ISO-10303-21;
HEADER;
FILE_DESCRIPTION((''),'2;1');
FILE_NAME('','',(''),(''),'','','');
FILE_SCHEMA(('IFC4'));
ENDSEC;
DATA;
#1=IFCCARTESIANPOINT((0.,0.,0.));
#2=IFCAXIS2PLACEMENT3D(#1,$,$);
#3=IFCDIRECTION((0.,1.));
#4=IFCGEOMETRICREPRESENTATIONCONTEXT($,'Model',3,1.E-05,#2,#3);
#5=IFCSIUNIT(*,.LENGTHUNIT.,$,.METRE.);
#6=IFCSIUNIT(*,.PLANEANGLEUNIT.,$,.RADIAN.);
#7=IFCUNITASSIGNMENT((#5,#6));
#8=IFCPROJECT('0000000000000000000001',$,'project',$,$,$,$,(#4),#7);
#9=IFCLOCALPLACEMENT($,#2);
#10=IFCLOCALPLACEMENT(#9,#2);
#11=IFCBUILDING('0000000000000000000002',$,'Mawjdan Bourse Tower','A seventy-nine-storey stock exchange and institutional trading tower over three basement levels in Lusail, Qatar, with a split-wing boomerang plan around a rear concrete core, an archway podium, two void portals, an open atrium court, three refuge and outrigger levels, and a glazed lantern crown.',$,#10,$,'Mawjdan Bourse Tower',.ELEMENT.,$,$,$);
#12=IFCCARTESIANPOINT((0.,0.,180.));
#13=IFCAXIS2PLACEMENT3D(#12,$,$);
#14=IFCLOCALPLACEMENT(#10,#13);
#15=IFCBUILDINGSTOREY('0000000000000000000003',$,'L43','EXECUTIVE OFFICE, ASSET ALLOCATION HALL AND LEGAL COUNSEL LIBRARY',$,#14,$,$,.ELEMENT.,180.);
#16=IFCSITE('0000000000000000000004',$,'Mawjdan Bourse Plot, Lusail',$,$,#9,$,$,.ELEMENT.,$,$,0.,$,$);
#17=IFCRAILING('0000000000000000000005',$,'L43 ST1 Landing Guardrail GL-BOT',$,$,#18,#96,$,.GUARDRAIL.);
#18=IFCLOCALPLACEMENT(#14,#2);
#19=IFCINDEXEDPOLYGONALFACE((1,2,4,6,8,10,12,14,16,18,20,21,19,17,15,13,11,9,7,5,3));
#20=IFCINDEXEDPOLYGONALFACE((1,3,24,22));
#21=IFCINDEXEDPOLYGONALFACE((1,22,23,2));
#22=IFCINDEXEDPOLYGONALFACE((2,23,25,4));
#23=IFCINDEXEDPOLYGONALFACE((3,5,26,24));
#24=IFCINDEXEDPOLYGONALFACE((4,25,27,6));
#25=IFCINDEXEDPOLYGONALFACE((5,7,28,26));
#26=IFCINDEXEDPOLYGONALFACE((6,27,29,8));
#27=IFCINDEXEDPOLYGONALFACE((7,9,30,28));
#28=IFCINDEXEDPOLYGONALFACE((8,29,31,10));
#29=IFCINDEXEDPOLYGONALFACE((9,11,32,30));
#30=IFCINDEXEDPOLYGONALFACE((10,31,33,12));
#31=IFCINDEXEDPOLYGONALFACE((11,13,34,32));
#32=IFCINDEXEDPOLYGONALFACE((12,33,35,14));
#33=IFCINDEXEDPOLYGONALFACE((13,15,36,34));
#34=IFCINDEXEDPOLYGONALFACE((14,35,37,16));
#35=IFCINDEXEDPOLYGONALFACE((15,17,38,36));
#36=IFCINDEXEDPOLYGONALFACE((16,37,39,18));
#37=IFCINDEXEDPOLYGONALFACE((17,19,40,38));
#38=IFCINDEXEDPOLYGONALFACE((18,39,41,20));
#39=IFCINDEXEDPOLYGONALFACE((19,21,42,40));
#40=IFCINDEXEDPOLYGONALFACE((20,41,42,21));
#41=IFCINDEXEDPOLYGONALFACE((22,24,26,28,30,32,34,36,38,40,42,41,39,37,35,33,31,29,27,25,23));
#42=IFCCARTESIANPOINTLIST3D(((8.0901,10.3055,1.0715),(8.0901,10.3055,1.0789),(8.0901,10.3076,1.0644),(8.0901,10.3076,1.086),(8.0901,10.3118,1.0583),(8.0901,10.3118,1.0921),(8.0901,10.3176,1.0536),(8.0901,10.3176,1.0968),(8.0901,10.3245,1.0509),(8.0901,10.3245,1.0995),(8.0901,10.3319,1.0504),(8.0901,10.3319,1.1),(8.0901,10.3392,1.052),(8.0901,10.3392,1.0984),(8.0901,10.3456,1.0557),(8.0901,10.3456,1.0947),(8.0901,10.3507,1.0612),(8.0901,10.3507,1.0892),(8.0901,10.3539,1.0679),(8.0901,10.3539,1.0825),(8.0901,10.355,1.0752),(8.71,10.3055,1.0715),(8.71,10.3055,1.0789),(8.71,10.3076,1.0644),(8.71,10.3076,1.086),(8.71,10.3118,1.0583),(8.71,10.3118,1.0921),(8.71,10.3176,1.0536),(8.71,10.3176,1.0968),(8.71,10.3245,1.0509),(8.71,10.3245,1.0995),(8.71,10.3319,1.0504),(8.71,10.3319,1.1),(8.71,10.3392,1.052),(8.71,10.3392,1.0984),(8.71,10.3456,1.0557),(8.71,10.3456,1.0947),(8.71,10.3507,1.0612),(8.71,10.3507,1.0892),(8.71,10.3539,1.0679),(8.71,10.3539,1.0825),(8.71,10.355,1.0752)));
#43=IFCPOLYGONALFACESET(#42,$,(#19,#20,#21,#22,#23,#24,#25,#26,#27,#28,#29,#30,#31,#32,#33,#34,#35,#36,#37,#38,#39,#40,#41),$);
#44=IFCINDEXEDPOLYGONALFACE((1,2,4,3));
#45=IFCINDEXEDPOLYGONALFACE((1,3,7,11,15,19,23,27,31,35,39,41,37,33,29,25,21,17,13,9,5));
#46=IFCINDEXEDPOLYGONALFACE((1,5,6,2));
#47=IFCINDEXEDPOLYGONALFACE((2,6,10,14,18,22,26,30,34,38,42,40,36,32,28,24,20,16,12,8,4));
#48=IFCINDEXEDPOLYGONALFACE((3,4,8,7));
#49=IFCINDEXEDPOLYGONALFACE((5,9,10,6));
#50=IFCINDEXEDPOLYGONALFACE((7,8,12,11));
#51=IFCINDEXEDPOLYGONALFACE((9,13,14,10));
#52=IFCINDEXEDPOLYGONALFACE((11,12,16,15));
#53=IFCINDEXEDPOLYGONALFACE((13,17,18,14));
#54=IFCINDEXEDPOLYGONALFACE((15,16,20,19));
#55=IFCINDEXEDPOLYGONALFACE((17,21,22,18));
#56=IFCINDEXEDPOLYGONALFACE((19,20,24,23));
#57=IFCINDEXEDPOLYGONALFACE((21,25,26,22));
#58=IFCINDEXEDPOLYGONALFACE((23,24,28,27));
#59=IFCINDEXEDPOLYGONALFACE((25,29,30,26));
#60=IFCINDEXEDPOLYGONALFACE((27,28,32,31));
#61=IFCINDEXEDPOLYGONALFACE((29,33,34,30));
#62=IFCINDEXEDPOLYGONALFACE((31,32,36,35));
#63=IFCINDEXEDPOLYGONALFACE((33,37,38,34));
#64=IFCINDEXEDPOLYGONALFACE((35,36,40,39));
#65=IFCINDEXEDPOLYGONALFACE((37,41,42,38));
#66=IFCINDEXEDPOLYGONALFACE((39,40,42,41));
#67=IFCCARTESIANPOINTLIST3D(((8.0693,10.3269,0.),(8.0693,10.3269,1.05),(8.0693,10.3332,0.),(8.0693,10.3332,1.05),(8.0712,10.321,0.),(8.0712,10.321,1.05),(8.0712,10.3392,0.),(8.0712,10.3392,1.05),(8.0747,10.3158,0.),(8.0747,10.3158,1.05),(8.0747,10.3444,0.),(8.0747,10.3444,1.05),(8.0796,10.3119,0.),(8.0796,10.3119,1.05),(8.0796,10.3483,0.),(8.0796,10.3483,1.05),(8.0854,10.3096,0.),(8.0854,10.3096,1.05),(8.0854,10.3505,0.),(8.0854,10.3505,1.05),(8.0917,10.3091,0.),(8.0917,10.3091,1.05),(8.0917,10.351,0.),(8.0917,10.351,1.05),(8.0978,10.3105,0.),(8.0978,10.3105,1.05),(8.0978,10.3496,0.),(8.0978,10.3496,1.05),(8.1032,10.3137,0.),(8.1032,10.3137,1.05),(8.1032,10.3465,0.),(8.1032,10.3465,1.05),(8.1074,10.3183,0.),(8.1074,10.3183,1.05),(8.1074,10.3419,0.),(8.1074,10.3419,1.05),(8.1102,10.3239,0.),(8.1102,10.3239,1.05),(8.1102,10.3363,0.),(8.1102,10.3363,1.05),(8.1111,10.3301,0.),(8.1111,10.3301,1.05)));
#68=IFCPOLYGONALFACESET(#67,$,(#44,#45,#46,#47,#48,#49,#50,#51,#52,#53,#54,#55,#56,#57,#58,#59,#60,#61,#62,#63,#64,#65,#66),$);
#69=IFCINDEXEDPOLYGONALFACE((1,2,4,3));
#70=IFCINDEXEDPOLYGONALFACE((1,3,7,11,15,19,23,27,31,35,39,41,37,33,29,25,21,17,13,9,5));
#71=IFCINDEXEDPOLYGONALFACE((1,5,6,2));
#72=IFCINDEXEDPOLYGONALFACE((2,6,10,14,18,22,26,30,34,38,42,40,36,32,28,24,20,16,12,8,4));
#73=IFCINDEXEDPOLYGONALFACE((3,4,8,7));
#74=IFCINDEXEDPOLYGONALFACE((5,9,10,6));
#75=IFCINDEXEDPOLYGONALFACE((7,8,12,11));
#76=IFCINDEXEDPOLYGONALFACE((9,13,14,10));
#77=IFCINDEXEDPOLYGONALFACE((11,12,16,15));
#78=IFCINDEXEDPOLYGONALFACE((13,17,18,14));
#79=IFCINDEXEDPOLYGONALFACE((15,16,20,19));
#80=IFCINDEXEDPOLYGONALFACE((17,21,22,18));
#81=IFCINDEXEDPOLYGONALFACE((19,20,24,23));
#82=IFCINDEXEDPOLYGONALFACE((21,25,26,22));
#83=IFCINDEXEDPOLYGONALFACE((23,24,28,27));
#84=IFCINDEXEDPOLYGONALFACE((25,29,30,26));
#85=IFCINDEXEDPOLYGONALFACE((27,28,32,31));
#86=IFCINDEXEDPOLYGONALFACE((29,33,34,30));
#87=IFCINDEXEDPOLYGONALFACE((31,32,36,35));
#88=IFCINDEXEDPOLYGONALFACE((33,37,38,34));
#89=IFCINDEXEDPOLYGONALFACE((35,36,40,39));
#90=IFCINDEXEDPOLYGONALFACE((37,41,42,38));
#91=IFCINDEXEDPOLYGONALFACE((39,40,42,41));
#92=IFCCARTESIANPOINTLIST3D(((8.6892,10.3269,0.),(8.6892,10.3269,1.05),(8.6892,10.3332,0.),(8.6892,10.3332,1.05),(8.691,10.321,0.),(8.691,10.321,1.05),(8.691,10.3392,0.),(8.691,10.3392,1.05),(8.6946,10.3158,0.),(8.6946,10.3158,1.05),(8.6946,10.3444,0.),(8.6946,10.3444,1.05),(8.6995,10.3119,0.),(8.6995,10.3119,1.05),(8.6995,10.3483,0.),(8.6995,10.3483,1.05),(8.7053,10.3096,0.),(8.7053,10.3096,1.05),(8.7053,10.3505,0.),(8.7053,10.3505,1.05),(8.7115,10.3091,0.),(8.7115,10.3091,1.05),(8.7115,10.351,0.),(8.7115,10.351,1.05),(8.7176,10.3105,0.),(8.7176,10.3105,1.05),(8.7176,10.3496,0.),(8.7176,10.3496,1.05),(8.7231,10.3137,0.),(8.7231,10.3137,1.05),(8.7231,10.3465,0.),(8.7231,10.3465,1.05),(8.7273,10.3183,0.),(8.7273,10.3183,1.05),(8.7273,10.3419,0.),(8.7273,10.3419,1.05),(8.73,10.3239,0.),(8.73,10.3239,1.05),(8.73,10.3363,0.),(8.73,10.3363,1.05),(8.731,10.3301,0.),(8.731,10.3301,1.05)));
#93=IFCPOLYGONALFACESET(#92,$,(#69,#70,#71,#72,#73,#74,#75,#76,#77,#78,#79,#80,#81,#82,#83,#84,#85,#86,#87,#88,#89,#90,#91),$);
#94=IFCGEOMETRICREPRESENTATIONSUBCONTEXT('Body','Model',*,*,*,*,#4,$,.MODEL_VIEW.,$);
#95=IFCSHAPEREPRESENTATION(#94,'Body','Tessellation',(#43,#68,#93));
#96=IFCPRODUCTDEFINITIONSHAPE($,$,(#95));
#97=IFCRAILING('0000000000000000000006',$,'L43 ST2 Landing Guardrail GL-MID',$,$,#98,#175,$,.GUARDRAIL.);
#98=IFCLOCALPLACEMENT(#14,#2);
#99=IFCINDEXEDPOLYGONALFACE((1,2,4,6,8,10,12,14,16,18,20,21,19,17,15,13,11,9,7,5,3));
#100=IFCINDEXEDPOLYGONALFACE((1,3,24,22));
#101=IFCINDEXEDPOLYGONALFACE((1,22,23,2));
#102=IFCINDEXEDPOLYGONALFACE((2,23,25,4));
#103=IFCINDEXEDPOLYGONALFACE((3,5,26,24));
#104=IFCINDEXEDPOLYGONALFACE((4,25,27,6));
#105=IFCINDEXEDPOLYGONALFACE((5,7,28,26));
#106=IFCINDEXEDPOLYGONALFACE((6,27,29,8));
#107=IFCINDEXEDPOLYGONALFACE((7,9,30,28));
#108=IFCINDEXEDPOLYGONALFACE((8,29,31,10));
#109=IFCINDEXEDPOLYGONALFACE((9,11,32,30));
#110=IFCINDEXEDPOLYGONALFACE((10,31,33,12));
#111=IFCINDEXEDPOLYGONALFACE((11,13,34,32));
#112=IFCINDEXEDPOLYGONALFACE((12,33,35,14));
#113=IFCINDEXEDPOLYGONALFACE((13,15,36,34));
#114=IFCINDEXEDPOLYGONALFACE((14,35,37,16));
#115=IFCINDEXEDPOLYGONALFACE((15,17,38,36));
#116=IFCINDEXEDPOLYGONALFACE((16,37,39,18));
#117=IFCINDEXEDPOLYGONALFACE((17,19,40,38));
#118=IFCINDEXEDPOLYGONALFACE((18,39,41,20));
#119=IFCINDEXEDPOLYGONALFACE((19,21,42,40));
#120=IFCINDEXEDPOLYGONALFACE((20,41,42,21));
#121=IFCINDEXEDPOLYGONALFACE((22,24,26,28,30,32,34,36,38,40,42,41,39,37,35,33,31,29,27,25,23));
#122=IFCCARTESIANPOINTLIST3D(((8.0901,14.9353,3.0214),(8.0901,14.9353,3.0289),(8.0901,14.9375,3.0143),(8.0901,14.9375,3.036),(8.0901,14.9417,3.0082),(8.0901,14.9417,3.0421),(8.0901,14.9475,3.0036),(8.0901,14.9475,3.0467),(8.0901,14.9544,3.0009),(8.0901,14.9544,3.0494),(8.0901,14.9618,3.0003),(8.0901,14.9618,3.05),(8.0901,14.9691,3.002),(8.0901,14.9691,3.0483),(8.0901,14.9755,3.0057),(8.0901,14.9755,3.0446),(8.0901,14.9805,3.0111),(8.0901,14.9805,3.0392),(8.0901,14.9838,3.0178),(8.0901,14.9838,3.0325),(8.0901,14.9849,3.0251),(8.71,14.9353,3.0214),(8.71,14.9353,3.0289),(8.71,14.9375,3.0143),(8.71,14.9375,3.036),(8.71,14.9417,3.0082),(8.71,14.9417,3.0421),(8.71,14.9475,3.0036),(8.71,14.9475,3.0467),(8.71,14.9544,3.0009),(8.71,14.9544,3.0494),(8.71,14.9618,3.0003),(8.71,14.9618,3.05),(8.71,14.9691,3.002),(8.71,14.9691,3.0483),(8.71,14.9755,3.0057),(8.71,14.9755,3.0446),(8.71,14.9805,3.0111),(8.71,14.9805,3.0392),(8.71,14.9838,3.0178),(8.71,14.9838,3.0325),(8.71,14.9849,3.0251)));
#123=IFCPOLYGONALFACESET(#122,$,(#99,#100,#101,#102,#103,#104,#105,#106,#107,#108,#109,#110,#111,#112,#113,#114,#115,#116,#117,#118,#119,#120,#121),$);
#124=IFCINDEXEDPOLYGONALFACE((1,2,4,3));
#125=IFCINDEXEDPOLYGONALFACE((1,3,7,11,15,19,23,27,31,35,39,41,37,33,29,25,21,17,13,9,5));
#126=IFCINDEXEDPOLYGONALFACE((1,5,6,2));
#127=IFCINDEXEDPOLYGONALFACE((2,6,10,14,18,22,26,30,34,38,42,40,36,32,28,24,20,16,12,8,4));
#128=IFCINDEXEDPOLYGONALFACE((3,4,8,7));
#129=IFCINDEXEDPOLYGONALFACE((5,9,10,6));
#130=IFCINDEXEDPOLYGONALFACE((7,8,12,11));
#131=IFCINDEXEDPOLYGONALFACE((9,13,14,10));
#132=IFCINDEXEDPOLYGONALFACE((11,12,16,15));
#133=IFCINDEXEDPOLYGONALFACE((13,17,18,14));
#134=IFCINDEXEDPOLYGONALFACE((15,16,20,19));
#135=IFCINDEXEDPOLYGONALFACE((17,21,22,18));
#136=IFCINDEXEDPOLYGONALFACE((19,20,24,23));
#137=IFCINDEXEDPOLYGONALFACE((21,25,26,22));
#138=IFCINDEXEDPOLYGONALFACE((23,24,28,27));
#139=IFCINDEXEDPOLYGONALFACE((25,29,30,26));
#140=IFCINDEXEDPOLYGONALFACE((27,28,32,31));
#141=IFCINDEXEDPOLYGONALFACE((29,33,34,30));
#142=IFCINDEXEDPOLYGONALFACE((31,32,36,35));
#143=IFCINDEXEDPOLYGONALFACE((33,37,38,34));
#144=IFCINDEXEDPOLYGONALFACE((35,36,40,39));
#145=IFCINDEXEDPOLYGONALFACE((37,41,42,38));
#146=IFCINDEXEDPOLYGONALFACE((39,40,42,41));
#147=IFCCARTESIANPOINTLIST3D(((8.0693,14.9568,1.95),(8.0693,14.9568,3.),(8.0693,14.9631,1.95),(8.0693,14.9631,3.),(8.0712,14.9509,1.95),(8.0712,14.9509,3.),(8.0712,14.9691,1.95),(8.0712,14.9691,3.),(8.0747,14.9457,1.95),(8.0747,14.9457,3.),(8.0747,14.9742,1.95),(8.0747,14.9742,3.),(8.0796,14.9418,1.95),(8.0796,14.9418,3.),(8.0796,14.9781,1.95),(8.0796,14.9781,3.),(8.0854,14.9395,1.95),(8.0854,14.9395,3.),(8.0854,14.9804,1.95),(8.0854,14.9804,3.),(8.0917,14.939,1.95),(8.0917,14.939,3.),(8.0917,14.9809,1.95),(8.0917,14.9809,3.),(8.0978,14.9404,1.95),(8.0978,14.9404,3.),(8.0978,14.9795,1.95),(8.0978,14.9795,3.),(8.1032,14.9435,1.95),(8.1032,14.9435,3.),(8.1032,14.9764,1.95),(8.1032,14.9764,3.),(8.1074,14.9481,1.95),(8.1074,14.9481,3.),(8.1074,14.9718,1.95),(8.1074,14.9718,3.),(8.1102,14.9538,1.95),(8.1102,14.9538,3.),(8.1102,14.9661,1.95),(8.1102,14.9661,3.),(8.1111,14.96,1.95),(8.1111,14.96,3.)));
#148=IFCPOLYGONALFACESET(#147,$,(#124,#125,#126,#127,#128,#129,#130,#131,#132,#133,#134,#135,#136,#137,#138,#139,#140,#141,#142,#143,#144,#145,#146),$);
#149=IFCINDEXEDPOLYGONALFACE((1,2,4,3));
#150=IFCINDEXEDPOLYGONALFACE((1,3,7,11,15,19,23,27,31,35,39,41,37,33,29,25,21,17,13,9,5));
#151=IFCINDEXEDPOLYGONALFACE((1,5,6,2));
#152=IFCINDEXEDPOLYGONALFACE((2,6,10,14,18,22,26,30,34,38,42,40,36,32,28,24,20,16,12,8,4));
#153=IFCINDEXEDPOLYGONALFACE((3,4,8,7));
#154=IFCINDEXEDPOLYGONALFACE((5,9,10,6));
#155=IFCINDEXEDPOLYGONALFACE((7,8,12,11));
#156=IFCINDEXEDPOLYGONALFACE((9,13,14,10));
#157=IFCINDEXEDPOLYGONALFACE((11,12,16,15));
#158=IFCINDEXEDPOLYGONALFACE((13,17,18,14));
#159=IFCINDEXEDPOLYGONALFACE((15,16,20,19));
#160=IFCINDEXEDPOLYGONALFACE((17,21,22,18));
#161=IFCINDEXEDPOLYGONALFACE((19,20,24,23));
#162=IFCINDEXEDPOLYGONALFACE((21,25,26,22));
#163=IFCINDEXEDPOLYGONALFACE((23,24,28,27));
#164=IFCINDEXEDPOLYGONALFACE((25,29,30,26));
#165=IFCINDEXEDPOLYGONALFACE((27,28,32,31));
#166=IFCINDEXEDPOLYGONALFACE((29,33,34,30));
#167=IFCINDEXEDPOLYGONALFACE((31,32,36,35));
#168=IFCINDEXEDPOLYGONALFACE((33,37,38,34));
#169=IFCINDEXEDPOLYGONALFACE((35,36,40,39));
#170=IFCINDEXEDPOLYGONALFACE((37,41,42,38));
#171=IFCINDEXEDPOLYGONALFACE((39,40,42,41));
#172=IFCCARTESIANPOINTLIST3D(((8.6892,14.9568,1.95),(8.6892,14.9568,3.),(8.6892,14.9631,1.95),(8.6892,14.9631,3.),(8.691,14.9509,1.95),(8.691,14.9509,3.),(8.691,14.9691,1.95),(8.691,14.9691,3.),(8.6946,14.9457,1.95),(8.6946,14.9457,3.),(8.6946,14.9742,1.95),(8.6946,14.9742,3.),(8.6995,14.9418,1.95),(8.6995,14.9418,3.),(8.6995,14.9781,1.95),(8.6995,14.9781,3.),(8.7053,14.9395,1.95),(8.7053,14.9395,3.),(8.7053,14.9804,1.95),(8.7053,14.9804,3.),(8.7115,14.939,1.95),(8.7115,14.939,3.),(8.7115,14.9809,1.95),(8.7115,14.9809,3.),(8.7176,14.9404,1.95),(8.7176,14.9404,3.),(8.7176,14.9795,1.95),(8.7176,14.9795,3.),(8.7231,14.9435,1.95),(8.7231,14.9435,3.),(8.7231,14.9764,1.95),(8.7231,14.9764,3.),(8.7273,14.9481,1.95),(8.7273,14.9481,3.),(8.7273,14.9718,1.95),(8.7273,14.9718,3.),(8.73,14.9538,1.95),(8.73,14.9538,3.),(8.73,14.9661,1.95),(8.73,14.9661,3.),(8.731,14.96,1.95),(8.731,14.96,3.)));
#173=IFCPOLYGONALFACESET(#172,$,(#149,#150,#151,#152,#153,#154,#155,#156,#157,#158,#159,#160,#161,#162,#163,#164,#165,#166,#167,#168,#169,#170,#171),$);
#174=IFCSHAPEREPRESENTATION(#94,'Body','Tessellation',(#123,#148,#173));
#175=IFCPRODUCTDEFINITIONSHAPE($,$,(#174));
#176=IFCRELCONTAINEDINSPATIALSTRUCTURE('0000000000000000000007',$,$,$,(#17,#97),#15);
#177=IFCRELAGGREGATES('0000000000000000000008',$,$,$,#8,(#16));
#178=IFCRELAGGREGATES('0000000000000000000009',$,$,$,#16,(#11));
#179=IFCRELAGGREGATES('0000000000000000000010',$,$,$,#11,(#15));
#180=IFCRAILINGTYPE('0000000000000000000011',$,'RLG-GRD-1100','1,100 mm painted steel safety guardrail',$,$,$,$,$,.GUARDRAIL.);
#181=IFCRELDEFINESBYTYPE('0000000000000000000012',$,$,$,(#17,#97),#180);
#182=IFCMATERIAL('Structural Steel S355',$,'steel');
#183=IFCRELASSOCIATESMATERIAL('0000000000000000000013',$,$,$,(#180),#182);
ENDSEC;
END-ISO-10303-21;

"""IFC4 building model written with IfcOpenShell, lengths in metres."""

from ifc_helpers import new_model, si_unit, direction, frame, origin, origin_2d, place, context, subcontext, project, spatial, circle, extrude, material, type_object, element, save


model = new_model("IFC4")

# Units and contexts
model_context = context("Model", 3, precision=1e-05, world=origin(), true_north=direction((0.0, 1.0)))
body_context = subcontext(model_context, "Body", "Model", "MODEL_VIEW")
ifc_project = project(units=[si_unit("LENGTHUNIT", "METRE"), si_unit("PLANEANGLEUNIT", "RADIAN")], contexts=[model_context])

# Site, building, storey
site_placement = place(None, origin())
site = spatial("IfcSite", under=ifc_project, at=site_placement, Name="Mawjdan Bourse Plot, Lusail", CompositionType="ELEMENT", RefElevation=0.0)
building_placement = place(site_placement, origin())
building = spatial("IfcBuilding", under=site, at=building_placement, Name="Mawjdan Bourse Tower", Description="A seventy-nine-storey stock exchange and institutional trading tower over three basement levels in Lusail, Qatar, with a split-wing boomerang plan around a rear concrete core, an archway podium, two void portals, an open atrium court, three refuge and outrigger levels, and a glazed lantern crown.", LongName="Mawjdan Bourse Tower", CompositionType="ELEMENT")
storey_placement = place(building_placement, frame((0.0, 0.0, 180.0)))
storey = spatial("IfcBuildingStorey", under=building, at=storey_placement, Name="L43", Description="EXECUTIVE OFFICE, ASSET ALLOCATION HALL AND LEGAL COUNSEL LIBRARY", CompositionType="ELEMENT", Elevation=180.0)

# Shared definitions
ifc_material_1 = material(Name="Structural Steel S355", Category="steel")

# Railings
railing_type_1 = type_object("IfcRailingType", Name="RLG-GRD-1100", Description="1,100 mm painted steel safety guardrail", PredefinedType="GUARDRAIL", material=ifc_material_1)
for number, where, name in (
    (1, (8.0901, 10.3301, 0.0), "L43 ST1 Landing Guardrail GL-BOT"),
    (2, (8.0901, 14.96, 1.95), "L43 ST2 Landing Guardrail GL-MID"),
):
    element("IfcRailing", number, at=place(storey_placement, frame(where)), inside=storey, type_object=railing_type_1, Name=name, PredefinedType="GUARDRAIL", context=body_context, shape_type="SweptSolid", body=[
        extrude(circle(Radius=0.0249, at=origin_2d()), frame((0.0, 0.0, 1.0752), z_axis=(1.0, 0.0, 0.0), x_axis=(0.0, 1.0, 0.0)), (0.0, 0.0, 1.0), 0.6199),
        extrude(circle(Radius=0.021, at=origin_2d()), origin(), (0.0, 0.0, 1.0), 1.05),
        extrude(circle(Radius=0.021, at=origin_2d()), frame((0.6199, 0.0, 0.0)), (0.0, 0.0, 1.0), 1.05),
    ])

save(model, "model.ifc")
